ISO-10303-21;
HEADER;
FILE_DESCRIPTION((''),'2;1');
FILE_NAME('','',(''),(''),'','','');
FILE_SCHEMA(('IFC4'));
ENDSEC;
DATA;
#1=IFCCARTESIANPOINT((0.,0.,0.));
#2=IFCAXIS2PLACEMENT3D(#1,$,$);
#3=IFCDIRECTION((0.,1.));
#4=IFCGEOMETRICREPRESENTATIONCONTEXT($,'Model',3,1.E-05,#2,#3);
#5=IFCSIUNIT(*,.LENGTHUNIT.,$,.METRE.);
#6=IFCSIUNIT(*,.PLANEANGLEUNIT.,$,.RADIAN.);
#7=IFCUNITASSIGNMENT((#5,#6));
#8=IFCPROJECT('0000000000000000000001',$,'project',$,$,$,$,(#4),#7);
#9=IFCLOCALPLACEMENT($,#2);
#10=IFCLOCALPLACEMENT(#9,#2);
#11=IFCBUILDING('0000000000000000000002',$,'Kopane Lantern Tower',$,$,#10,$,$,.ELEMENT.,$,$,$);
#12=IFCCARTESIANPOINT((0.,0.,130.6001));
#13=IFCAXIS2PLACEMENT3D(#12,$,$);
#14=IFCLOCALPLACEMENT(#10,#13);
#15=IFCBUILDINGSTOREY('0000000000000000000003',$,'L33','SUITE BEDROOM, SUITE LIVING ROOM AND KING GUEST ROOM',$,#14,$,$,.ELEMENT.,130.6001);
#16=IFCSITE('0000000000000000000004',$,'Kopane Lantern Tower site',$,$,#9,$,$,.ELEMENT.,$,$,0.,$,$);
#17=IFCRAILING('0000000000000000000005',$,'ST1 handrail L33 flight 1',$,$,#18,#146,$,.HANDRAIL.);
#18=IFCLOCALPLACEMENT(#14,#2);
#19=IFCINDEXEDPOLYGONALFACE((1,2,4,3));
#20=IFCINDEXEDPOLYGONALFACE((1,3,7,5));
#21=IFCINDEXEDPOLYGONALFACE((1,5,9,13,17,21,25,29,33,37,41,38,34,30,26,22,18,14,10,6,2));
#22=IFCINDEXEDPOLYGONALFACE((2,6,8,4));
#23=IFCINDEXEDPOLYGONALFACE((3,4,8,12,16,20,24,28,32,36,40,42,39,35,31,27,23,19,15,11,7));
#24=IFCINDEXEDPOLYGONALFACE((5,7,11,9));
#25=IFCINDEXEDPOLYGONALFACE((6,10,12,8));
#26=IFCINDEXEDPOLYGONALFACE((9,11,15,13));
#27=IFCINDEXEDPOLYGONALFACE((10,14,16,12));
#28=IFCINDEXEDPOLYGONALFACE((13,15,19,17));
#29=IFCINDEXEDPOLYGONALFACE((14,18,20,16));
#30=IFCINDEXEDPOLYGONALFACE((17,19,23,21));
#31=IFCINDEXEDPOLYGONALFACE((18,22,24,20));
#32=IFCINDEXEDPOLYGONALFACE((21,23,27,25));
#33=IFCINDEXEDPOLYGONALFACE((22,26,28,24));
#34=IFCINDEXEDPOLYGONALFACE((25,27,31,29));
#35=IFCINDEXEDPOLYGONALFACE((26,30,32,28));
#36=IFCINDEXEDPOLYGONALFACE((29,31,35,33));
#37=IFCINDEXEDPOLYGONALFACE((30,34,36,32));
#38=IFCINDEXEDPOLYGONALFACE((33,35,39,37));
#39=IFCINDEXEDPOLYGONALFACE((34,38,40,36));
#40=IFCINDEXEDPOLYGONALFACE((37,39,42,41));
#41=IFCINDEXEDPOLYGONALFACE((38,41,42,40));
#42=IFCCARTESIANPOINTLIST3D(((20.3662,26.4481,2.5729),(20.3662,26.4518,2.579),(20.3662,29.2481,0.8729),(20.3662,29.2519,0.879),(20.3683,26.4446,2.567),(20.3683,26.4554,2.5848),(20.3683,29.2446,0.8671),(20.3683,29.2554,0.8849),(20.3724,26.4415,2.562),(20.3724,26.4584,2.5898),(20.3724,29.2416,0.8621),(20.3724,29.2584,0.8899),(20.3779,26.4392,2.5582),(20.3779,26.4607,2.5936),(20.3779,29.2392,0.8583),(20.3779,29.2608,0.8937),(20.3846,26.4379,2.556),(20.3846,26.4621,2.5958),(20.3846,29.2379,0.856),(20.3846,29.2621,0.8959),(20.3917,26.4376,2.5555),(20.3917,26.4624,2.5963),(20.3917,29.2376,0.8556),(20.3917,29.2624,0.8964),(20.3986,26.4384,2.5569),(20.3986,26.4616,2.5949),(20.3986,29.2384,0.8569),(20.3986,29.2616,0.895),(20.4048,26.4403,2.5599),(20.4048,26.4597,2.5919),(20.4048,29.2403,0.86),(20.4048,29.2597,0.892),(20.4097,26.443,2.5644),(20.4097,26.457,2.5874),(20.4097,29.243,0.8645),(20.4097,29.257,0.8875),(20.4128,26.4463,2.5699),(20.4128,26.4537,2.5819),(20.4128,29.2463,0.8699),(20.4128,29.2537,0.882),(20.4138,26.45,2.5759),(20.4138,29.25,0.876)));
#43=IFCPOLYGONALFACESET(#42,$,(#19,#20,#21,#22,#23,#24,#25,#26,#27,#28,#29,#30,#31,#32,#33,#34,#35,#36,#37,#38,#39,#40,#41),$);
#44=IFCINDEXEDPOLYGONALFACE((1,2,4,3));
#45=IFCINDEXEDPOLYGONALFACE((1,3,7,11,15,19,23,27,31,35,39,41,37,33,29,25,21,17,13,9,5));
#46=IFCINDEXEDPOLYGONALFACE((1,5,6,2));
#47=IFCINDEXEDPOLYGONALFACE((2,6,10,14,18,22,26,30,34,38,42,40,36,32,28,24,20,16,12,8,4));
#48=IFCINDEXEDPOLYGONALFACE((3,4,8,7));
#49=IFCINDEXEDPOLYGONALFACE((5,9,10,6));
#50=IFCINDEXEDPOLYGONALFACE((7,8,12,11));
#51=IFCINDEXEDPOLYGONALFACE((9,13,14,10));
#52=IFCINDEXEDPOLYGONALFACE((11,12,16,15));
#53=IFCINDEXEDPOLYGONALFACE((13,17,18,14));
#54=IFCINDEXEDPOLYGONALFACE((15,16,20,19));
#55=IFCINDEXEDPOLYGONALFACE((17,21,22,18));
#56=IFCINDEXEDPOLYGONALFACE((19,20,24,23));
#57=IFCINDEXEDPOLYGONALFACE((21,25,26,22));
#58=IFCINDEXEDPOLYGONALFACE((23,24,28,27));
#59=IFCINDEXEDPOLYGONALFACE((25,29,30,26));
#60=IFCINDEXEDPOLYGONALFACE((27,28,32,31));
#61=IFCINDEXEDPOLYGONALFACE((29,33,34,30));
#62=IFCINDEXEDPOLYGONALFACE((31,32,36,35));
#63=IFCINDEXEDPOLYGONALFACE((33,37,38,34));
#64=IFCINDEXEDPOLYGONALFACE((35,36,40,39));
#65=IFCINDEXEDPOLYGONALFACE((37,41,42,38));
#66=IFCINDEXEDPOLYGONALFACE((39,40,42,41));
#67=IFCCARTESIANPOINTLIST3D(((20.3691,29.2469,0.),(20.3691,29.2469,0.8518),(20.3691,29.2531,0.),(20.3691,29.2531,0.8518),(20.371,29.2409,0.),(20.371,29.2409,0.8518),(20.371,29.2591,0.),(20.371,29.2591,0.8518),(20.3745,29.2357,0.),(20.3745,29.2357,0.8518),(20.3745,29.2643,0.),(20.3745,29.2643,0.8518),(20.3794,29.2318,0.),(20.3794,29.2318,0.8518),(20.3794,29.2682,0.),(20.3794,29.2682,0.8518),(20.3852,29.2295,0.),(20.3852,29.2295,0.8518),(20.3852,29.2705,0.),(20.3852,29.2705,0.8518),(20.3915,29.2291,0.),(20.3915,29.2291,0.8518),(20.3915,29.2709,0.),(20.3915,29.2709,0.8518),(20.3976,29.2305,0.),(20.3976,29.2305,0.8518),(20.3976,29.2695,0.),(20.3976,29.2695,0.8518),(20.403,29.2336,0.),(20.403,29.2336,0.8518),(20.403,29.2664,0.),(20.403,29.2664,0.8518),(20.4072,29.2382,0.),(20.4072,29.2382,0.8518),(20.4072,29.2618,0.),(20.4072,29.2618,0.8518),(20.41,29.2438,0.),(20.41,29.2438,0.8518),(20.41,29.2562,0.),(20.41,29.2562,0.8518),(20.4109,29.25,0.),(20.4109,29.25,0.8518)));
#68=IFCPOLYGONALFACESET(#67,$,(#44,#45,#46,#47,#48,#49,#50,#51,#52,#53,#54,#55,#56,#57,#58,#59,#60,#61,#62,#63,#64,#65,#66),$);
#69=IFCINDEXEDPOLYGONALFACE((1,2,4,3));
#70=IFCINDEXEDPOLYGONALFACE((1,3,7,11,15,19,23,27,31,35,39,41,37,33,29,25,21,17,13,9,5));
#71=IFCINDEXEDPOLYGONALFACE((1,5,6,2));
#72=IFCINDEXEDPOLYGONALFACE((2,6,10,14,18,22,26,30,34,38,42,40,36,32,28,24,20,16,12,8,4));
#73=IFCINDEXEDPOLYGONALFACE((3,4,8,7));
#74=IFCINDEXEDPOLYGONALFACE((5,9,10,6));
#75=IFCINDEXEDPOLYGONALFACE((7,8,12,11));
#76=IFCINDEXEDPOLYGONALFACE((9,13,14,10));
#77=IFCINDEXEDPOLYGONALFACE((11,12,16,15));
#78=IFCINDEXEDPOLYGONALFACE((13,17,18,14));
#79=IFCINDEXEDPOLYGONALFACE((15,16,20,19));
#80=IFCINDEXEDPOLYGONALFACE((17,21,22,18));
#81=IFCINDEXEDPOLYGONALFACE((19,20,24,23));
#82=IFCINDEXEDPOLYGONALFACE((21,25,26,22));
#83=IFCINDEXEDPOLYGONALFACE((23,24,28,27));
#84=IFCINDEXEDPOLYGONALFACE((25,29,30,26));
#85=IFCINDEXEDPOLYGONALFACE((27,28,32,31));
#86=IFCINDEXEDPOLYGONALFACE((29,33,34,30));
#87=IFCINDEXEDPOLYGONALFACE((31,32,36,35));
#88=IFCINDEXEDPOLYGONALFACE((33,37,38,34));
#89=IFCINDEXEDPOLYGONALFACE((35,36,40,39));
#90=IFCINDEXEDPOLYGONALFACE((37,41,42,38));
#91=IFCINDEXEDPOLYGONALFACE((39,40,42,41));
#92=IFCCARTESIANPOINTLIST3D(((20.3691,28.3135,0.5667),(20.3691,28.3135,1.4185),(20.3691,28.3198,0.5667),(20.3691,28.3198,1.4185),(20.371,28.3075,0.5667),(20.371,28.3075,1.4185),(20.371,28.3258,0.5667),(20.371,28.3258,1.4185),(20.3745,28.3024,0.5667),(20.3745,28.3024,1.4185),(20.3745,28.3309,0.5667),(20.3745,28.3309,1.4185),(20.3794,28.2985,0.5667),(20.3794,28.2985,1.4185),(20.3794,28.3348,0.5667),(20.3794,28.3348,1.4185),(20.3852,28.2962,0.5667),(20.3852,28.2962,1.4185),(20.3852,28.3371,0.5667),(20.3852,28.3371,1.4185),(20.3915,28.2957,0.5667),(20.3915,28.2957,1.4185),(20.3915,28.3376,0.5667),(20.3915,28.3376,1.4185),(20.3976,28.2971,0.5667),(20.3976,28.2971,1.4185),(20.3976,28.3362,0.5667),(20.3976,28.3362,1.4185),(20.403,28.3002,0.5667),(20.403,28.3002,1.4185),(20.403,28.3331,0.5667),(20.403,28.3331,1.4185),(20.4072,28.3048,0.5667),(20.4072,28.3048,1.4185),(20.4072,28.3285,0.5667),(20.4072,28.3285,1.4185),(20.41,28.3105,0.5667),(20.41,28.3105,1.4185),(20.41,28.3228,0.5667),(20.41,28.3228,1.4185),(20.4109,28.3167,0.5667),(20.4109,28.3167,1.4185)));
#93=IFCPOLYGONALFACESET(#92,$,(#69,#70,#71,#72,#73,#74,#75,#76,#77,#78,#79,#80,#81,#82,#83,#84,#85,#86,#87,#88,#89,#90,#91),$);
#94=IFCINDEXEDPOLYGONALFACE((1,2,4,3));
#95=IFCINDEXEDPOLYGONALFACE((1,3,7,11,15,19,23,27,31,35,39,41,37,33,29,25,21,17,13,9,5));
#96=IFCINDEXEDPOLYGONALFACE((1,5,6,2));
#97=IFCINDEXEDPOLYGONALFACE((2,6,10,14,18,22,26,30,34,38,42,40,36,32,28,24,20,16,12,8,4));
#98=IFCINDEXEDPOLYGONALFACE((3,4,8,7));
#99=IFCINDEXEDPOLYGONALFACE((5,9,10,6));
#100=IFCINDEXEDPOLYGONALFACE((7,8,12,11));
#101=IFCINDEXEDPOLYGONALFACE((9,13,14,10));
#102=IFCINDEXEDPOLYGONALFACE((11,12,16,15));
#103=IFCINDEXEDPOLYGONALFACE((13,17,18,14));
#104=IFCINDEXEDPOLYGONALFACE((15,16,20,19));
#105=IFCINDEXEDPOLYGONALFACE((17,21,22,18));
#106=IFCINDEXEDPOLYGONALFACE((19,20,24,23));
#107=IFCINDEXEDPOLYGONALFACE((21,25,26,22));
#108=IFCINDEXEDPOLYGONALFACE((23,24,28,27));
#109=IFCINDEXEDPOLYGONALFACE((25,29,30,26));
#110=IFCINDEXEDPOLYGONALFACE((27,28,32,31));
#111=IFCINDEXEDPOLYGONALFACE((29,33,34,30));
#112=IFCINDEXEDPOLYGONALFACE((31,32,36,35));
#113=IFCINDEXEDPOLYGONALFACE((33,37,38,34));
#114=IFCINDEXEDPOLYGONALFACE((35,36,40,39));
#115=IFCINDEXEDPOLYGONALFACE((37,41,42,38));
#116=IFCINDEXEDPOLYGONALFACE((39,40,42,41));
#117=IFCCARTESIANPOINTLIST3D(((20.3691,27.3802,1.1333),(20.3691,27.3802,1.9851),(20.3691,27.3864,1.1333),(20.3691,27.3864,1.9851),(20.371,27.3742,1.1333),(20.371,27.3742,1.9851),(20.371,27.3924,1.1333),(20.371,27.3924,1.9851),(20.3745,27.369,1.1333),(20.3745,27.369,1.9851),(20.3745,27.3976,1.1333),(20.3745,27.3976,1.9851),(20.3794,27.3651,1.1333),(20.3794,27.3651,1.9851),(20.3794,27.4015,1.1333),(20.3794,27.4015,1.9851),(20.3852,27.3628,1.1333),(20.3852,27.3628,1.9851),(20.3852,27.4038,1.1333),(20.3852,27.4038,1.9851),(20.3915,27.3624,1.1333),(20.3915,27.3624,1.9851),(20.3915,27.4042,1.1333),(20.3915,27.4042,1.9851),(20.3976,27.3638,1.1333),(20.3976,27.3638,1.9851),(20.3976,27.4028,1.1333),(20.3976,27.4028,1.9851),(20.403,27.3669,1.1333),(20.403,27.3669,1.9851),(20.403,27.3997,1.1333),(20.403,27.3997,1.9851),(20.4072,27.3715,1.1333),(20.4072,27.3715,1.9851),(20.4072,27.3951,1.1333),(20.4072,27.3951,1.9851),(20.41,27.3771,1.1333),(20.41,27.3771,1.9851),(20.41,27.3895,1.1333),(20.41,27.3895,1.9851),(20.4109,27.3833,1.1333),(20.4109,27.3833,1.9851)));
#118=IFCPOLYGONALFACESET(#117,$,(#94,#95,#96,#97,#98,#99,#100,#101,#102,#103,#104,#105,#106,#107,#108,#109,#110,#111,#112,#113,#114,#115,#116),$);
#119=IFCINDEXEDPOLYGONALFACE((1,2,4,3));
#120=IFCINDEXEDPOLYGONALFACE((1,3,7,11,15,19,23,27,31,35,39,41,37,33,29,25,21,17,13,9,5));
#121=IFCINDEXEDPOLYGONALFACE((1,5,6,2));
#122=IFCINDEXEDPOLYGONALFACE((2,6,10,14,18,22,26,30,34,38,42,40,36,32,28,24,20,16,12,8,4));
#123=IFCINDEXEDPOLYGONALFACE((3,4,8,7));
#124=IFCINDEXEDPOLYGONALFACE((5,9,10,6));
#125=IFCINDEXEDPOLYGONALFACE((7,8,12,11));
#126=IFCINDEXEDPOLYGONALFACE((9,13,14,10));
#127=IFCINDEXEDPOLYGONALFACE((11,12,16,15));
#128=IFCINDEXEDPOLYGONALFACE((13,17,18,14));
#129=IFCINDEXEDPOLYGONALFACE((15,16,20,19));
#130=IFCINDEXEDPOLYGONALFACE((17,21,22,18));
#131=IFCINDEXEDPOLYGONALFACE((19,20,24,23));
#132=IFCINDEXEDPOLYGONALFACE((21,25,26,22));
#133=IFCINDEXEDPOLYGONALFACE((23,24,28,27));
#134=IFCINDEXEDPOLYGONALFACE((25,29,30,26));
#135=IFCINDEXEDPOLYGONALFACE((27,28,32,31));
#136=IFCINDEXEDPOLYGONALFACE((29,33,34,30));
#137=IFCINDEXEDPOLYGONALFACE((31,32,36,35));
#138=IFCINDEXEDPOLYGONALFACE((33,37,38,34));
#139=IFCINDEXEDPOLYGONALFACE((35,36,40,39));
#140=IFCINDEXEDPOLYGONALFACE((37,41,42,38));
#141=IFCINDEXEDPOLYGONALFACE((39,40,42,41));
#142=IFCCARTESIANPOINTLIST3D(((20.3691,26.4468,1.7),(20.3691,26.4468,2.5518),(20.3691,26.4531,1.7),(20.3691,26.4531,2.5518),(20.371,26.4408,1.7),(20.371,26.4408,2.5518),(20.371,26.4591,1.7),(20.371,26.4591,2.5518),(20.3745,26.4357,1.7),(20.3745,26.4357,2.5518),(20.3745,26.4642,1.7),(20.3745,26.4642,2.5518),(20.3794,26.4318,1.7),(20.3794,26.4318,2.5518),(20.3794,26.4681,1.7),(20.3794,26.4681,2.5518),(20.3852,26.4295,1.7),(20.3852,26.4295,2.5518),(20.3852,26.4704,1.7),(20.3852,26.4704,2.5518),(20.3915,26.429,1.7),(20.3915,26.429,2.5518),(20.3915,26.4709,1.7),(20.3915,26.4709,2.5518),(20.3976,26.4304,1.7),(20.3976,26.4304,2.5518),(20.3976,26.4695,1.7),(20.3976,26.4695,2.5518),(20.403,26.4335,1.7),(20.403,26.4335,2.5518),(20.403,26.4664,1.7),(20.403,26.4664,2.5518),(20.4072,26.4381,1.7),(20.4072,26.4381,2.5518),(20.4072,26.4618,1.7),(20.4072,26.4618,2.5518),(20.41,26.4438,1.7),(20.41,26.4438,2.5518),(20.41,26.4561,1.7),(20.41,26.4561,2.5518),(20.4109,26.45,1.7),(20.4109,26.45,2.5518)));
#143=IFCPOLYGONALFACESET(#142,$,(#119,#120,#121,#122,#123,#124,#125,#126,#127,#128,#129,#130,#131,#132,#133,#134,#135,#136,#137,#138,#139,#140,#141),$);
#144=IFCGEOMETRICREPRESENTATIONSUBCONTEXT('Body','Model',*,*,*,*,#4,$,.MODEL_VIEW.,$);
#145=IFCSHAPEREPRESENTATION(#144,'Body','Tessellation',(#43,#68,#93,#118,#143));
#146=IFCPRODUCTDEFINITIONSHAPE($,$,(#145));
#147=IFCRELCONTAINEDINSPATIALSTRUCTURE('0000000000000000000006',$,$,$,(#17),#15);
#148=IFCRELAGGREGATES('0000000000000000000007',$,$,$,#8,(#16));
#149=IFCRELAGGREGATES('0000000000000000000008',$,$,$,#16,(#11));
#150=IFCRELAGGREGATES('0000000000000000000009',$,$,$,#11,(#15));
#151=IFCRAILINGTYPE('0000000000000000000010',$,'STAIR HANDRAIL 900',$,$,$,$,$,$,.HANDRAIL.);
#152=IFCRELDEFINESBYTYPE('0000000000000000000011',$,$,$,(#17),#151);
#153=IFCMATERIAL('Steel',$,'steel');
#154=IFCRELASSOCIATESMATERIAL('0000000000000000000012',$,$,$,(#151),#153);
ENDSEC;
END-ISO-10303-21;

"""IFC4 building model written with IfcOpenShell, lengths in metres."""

from ifc_helpers import new_model, si_unit, direction, frame, origin, origin_2d, place, context, subcontext, project, spatial, circle, extrude, material, type_object, element, save


model = new_model("IFC4")

# Units and contexts
model_context = context("Model", 3, precision=1e-05, world=origin(), true_north=direction((0.0, 1.0)))
body_context = subcontext(model_context, "Body", "Model", "MODEL_VIEW")
ifc_project = project(units=[si_unit("LENGTHUNIT", "METRE"), si_unit("PLANEANGLEUNIT", "RADIAN")], contexts=[model_context])

# Site, building, storey
site_placement = place(None, origin())
site = spatial("IfcSite", under=ifc_project, at=site_placement, Name="Kopane Lantern Tower site", CompositionType="ELEMENT", RefElevation=0.0)
building_placement = place(site_placement, origin())
building = spatial("IfcBuilding", under=site, at=building_placement, Name="Kopane Lantern Tower", CompositionType="ELEMENT")
storey_placement = place(building_placement, frame((0.0, 0.0, 130.6001)))
storey = spatial("IfcBuildingStorey", under=building, at=storey_placement, Name="L33", Description="SUITE BEDROOM, SUITE LIVING ROOM AND KING GUEST ROOM", CompositionType="ELEMENT", Elevation=130.6001)

# Railing
ifc_material_1 = material(Name="Steel", Category="steel")
railing_type_1 = type_object("IfcRailingType", Name="STAIR HANDRAIL 900", PredefinedType="HANDRAIL", material=ifc_material_1)
for number, where, name in (
    (1, (20.3899, 29.25, 0.0), "ST1 handrail L33 flight 1"),
):
    element("IfcRailing", number, at=place(storey_placement, frame(where)), inside=storey, type_object=railing_type_1, Name=name, PredefinedType="HANDRAIL", context=body_context, shape_type="SweptSolid", body=[
        extrude(circle(Radius=0.0239, at=origin_2d()), frame((0.0, 0.0, 0.876), z_axis=(0.0, -0.854798, 0.518961), x_axis=(1.0, 0.0, 0.0)), (0.0, 0.0, 1.0), 3.2756),
        extrude(circle(Radius=0.021, at=origin_2d()), origin(), (0.0, 0.0, 1.0), 0.8518),
        extrude(circle(Radius=0.021, at=origin_2d()), frame((0.0, -0.9333, 0.5667)), (0.0, 0.0, 1.0), 0.8518),
        extrude(circle(Radius=0.021, at=origin_2d()), frame((0.0, -1.8667, 1.1333)), (0.0, 0.0, 1.0), 0.8518),
        extrude(circle(Radius=0.021, at=origin_2d()), frame((0.0, -2.8, 1.7)), (0.0, 0.0, 1.0), 0.8518),
    ])

save(model, "model.ifc")
